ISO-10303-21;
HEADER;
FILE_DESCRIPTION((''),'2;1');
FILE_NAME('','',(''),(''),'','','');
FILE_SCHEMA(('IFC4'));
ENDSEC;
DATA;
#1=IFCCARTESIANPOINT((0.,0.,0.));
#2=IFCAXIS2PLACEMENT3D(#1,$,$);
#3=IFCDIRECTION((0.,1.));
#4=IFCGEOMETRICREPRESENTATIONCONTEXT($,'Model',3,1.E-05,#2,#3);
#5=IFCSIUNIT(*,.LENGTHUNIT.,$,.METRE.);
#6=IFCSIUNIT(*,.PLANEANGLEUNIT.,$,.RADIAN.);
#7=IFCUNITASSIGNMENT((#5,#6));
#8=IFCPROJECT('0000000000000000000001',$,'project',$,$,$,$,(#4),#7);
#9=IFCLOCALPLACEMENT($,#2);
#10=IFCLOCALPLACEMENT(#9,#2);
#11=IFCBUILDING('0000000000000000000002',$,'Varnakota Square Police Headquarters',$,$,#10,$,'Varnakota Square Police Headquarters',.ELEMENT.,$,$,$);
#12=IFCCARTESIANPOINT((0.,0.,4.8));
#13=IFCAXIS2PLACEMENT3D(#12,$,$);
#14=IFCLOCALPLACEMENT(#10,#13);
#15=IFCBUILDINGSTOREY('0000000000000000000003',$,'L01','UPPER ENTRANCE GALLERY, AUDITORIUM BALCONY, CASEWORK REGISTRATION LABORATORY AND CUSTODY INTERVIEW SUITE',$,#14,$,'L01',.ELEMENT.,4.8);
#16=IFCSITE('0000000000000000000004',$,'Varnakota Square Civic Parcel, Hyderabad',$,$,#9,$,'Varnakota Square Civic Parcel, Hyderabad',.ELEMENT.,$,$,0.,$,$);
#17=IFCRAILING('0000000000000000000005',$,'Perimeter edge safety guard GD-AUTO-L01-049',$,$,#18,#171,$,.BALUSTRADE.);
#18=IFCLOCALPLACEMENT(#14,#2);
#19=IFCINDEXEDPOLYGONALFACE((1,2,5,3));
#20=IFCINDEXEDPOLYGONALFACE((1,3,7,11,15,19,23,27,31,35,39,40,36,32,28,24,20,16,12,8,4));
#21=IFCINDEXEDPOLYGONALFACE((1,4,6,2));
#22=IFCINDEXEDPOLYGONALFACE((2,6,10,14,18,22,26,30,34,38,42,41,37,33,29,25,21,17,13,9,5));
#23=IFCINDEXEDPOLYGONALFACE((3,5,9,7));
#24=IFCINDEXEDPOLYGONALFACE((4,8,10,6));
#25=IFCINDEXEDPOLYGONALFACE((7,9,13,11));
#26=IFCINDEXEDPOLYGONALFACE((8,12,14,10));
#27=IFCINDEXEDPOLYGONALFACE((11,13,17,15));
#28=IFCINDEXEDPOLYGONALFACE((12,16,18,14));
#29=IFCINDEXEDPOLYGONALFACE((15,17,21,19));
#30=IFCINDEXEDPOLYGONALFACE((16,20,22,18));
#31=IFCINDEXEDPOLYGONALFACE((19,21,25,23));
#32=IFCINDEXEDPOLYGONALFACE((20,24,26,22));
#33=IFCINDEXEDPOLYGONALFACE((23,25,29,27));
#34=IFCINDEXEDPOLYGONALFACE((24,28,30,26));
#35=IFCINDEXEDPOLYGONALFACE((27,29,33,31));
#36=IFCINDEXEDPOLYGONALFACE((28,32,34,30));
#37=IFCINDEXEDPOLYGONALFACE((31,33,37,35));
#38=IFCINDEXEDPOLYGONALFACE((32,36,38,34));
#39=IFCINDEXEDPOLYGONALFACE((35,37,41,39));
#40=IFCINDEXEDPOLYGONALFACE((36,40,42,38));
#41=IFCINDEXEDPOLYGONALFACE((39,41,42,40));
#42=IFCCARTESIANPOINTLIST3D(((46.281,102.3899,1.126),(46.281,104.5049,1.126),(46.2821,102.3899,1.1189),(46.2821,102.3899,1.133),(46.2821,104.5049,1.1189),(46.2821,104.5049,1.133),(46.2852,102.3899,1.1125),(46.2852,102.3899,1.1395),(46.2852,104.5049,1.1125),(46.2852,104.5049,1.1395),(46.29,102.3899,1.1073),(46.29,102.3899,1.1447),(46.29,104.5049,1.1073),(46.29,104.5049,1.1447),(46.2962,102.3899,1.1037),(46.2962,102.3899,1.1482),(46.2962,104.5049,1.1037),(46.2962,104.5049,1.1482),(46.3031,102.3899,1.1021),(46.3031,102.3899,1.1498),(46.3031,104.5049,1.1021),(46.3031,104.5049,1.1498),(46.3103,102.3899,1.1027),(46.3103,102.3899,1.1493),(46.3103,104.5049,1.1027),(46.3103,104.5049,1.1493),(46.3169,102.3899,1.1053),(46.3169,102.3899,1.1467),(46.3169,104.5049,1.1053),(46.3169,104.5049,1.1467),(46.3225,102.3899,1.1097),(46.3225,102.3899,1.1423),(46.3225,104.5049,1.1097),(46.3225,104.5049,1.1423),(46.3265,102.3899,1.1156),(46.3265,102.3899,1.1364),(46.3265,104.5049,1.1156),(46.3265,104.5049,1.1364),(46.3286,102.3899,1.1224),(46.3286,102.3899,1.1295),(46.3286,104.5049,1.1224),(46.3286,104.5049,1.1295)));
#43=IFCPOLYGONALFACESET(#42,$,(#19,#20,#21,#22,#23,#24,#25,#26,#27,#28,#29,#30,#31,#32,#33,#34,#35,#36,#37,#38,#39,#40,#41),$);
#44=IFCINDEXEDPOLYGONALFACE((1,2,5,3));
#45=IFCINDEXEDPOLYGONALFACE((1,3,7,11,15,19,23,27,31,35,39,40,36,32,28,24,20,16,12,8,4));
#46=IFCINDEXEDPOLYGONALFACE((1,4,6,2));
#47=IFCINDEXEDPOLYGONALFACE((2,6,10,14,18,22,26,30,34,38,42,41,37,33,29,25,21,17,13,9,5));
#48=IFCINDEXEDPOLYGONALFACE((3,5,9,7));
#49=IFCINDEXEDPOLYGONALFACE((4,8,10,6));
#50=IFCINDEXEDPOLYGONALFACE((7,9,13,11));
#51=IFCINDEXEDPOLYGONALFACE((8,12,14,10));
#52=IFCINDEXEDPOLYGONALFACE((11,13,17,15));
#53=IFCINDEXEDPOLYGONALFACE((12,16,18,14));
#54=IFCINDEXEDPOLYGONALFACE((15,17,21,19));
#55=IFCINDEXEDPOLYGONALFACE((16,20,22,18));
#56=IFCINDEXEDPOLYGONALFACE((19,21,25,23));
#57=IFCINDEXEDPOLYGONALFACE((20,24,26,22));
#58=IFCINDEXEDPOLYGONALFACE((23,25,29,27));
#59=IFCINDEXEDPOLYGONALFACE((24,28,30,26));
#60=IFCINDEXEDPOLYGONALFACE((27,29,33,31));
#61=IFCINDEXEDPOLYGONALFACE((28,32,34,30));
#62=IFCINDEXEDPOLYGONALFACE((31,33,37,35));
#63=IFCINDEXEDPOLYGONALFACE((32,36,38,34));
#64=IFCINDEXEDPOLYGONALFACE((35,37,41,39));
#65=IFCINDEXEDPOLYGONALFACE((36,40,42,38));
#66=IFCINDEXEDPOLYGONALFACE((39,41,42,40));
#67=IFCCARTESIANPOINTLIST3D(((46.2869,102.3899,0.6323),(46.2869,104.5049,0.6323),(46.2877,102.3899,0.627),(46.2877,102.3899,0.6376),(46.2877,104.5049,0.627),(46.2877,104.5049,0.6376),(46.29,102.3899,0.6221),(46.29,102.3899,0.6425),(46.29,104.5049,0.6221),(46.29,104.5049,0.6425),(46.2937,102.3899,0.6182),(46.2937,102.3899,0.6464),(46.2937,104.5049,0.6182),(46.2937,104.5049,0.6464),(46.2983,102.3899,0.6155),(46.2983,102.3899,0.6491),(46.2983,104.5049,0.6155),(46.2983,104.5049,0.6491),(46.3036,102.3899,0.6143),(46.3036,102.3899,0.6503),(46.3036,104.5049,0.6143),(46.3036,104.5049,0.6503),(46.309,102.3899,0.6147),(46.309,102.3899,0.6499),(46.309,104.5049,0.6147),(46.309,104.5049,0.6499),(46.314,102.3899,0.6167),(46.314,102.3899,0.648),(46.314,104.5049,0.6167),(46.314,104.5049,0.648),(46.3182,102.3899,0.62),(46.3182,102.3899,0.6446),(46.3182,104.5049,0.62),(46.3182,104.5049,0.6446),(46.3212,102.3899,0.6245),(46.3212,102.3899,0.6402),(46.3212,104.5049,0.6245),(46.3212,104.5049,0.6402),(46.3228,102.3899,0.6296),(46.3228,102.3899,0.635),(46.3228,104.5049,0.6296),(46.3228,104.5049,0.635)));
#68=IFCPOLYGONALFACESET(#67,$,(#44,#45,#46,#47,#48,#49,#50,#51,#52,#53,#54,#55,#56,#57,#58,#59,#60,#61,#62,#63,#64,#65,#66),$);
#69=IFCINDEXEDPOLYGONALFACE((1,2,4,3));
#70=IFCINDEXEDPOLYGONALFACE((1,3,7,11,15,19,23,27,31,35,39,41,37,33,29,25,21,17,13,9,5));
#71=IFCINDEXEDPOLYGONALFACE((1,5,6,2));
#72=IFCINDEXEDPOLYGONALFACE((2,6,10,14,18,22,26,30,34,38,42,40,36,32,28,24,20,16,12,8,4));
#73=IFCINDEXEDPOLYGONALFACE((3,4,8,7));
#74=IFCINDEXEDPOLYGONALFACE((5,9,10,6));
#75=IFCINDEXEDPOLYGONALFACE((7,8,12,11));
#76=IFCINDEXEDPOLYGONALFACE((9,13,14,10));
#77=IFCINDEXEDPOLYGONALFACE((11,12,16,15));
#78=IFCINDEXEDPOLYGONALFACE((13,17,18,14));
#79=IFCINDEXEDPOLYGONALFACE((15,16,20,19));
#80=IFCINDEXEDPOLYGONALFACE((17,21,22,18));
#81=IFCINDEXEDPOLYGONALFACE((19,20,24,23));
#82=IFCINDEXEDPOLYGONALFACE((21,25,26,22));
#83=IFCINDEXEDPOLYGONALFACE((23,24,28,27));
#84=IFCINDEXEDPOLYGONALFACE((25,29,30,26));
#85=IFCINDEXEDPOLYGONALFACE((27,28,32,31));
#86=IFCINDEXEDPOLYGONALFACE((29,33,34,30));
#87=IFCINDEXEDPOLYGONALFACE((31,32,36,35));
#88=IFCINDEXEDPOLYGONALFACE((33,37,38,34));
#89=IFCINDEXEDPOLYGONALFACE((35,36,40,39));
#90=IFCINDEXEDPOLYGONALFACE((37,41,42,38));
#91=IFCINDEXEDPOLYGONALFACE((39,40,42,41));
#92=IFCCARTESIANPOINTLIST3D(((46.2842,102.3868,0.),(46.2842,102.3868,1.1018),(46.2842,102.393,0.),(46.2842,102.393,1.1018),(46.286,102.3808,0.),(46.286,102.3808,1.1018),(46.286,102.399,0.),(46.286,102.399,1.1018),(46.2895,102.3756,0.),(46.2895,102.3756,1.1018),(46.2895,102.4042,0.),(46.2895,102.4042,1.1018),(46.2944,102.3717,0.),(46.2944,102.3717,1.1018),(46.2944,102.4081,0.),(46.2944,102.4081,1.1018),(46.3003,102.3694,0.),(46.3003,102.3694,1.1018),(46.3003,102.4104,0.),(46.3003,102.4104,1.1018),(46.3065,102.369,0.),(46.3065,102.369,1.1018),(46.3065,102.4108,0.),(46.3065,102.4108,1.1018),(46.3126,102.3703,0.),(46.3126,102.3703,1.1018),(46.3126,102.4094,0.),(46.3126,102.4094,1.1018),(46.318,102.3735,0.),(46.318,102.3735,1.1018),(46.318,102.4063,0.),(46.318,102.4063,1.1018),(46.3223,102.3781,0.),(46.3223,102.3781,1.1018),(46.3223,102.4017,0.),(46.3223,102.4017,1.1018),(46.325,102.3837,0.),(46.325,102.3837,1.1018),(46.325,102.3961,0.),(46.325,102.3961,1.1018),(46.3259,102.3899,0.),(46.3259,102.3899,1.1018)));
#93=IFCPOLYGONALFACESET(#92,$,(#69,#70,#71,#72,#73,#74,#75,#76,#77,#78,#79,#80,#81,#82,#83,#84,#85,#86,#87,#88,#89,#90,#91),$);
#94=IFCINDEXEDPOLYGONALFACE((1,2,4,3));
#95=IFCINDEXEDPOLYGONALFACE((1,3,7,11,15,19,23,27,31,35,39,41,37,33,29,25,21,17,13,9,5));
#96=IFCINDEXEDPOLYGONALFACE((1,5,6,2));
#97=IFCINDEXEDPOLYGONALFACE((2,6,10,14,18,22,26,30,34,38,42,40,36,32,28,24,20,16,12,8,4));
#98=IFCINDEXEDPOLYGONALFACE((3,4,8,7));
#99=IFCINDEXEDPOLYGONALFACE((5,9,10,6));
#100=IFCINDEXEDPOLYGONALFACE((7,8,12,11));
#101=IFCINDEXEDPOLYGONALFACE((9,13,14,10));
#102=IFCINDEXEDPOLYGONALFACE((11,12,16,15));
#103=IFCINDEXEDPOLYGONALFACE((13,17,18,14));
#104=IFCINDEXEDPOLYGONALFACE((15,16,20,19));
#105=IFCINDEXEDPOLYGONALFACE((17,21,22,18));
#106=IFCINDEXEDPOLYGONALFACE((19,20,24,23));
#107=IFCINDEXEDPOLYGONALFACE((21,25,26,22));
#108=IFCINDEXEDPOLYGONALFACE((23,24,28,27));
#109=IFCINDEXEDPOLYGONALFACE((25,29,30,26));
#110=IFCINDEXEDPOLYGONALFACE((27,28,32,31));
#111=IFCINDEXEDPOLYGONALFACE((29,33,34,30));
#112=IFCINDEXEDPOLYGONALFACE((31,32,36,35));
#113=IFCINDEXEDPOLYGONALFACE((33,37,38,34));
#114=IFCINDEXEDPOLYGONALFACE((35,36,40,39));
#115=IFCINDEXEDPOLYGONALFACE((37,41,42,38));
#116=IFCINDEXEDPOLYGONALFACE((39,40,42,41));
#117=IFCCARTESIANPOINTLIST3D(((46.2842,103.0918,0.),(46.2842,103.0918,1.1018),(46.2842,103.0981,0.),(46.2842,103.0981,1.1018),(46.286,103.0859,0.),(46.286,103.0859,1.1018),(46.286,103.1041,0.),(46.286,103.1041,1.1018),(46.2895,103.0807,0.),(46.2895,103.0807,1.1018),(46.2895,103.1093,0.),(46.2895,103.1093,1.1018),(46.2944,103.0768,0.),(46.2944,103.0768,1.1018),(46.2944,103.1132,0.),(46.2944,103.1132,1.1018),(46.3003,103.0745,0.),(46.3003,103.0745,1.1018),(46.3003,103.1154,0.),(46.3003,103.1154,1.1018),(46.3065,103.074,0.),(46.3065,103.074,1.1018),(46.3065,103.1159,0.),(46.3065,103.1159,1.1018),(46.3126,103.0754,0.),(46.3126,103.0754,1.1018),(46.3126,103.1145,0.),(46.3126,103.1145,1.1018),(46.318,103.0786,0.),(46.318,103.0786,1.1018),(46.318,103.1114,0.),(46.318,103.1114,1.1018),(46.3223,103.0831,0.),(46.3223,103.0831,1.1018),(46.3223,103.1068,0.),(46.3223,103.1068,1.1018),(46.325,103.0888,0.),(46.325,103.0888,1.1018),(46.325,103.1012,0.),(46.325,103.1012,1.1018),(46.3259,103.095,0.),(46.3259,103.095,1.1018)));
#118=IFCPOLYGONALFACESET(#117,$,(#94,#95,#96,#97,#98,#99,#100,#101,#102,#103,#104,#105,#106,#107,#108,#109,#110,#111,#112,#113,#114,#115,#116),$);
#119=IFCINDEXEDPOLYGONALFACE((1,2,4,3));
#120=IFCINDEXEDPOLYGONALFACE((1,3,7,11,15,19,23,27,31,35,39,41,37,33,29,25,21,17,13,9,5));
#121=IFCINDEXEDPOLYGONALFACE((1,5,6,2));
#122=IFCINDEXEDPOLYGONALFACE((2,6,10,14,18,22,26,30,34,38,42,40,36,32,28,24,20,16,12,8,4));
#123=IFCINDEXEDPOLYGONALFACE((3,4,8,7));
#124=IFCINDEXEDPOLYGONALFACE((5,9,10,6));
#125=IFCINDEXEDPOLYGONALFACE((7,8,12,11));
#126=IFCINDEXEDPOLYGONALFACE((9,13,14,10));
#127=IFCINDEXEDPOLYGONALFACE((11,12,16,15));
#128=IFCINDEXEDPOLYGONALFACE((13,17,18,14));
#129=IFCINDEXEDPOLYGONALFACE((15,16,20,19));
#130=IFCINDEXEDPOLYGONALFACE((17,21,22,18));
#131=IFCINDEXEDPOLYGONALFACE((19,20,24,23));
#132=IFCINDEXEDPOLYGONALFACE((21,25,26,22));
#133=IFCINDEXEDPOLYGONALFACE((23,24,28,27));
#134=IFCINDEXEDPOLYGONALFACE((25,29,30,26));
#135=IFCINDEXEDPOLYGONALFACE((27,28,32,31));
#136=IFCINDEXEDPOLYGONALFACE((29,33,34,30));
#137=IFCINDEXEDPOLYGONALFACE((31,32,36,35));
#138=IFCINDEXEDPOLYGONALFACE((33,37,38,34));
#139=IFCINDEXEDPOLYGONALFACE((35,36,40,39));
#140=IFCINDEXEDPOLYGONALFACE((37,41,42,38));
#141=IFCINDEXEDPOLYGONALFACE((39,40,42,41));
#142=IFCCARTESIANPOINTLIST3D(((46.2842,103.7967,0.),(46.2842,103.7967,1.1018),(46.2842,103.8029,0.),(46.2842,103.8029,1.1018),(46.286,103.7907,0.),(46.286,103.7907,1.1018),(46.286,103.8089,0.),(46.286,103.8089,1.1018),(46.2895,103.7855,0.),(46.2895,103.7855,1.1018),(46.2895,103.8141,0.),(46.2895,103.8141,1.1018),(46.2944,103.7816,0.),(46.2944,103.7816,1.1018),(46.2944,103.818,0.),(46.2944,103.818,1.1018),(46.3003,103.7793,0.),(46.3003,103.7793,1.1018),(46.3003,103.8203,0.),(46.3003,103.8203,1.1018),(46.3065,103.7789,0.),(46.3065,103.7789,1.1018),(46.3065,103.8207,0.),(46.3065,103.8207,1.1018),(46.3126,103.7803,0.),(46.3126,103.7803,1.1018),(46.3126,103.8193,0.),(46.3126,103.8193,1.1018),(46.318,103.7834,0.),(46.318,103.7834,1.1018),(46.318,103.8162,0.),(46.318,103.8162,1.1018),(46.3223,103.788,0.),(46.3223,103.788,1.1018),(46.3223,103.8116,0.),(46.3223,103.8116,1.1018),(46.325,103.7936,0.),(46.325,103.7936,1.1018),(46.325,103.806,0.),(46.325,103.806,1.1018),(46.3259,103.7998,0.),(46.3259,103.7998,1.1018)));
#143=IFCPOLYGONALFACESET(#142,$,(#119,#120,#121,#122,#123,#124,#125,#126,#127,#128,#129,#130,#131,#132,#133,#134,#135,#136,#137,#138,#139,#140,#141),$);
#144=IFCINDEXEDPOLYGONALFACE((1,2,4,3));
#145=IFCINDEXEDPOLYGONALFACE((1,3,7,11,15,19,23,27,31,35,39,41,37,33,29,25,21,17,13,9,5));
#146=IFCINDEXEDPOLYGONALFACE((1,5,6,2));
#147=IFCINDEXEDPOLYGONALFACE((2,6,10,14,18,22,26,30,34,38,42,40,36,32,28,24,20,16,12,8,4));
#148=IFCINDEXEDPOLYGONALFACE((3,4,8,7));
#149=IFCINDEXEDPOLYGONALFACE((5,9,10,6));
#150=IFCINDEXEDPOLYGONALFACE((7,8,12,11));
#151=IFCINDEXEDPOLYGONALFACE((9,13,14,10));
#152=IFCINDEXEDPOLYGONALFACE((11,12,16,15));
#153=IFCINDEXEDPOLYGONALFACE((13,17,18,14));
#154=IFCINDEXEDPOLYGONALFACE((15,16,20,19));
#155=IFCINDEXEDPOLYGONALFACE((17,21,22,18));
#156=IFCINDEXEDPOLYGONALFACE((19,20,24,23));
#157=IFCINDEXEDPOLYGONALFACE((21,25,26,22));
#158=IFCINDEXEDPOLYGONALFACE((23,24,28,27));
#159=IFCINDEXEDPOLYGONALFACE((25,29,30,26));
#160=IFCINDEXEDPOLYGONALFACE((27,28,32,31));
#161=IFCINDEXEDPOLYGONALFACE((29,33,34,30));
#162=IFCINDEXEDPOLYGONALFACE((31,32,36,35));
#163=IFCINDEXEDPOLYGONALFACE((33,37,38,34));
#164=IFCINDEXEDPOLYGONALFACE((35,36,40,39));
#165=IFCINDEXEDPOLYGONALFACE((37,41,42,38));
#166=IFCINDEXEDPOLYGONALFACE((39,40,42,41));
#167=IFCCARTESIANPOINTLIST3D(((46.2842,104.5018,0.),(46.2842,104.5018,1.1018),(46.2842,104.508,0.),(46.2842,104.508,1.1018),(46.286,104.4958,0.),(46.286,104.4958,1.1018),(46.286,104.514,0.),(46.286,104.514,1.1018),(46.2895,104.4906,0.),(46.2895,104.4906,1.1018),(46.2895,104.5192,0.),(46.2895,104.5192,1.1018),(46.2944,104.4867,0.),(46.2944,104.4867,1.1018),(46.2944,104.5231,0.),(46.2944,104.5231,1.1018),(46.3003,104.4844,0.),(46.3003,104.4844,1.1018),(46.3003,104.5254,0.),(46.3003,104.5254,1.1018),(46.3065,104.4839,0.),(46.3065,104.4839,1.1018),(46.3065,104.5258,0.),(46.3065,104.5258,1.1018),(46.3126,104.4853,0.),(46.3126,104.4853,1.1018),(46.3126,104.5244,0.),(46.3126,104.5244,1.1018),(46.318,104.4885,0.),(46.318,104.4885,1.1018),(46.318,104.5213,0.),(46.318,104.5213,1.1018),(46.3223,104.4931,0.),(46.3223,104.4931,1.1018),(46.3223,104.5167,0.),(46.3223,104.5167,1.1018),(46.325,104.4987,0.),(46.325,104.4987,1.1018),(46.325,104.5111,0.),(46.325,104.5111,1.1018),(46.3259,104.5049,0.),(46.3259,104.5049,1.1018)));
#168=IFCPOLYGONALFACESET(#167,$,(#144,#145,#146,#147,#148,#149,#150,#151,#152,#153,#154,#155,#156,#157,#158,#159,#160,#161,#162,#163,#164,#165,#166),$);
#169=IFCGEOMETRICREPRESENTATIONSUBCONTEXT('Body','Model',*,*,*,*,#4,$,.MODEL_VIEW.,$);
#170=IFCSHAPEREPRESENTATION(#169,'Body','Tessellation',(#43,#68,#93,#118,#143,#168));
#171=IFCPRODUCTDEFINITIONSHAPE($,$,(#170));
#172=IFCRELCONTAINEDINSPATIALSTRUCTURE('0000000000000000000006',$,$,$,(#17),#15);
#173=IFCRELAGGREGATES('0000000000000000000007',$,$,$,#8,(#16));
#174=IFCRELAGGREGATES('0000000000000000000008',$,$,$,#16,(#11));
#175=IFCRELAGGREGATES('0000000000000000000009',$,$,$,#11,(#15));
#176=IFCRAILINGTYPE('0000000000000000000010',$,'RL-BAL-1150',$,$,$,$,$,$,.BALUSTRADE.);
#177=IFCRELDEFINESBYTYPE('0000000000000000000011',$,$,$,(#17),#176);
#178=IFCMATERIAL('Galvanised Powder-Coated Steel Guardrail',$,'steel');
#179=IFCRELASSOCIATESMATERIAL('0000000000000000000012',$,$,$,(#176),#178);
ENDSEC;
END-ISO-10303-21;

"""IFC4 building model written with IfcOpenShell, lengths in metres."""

from ifc_helpers import new_model, si_unit, direction, frame, origin, origin_2d, place, context, subcontext, project, spatial, circle, extrude, material, type_object, element, save


model = new_model("IFC4")

# Units and contexts
model_context = context("Model", 3, precision=1e-05, world=origin(), true_north=direction((0.0, 1.0)))
body_context = subcontext(model_context, "Body", "Model", "MODEL_VIEW")
ifc_project = project(units=[si_unit("LENGTHUNIT", "METRE"), si_unit("PLANEANGLEUNIT", "RADIAN")], contexts=[model_context])

# Site, building, storey
site_placement = place(None, origin())
site = spatial("IfcSite", under=ifc_project, at=site_placement, Name="Varnakota Square Civic Parcel, Hyderabad", LongName="Varnakota Square Civic Parcel, Hyderabad", CompositionType="ELEMENT", RefElevation=0.0)
building_placement = place(site_placement, origin())
building = spatial("IfcBuilding", under=site, at=building_placement, Name="Varnakota Square Police Headquarters", LongName="Varnakota Square Police Headquarters", CompositionType="ELEMENT")
storey_placement = place(building_placement, frame((0.0, 0.0, 4.8)))
storey = spatial("IfcBuildingStorey", under=building, at=storey_placement, Name="L01", Description="UPPER ENTRANCE GALLERY, AUDITORIUM BALCONY, CASEWORK REGISTRATION LABORATORY AND CUSTODY INTERVIEW SUITE", LongName="L01", CompositionType="ELEMENT", Elevation=4.8)

# Railing
ifc_material_1 = material(Name="Galvanised Powder-Coated Steel Guardrail", Category="steel")
railing_type_1 = type_object("IfcRailingType", Name="RL-BAL-1150", PredefinedType="BALUSTRADE", material=ifc_material_1)
railing_1_placement = place(storey_placement, frame((46.3049, 102.3899, 0.0)))
element("IfcRailing", 1, at=railing_1_placement, inside=storey, type_object=railing_type_1, Name="Perimeter edge safety guard GD-AUTO-L01-049", PredefinedType="BALUSTRADE", context=body_context, shape_type="SweptSolid", body=[
    extrude(circle(Radius=0.0239, at=origin_2d()), frame((0.0, 0.0, 1.126), z_axis=(0.0, 1.0, 0.0), x_axis=(-1.0, 0.0, 0.0)), (0.0, 0.0, 1.0), 2.115),
    extrude(circle(Radius=0.0181, at=origin_2d()), frame((0.0, 0.0, 0.6323), z_axis=(0.0, 1.0, 0.0), x_axis=(-1.0, 0.0, 0.0)), (0.0, 0.0, 1.0), 2.115),
    extrude(circle(Radius=0.021, at=origin_2d()), origin(), (0.0, 0.0, 1.0), 1.1018),
    extrude(circle(Radius=0.021, at=origin_2d()), frame((0.0, 0.7051, 0.0)), (0.0, 0.0, 1.0), 1.1018),
    extrude(circle(Radius=0.021, at=origin_2d()), frame((0.0, 1.4099, 0.0)), (0.0, 0.0, 1.0), 1.1018),
    extrude(circle(Radius=0.021, at=origin_2d()), frame((0.0, 2.115, 0.0)), (0.0, 0.0, 1.0), 1.1018),
])

save(model, "model.ifc")
